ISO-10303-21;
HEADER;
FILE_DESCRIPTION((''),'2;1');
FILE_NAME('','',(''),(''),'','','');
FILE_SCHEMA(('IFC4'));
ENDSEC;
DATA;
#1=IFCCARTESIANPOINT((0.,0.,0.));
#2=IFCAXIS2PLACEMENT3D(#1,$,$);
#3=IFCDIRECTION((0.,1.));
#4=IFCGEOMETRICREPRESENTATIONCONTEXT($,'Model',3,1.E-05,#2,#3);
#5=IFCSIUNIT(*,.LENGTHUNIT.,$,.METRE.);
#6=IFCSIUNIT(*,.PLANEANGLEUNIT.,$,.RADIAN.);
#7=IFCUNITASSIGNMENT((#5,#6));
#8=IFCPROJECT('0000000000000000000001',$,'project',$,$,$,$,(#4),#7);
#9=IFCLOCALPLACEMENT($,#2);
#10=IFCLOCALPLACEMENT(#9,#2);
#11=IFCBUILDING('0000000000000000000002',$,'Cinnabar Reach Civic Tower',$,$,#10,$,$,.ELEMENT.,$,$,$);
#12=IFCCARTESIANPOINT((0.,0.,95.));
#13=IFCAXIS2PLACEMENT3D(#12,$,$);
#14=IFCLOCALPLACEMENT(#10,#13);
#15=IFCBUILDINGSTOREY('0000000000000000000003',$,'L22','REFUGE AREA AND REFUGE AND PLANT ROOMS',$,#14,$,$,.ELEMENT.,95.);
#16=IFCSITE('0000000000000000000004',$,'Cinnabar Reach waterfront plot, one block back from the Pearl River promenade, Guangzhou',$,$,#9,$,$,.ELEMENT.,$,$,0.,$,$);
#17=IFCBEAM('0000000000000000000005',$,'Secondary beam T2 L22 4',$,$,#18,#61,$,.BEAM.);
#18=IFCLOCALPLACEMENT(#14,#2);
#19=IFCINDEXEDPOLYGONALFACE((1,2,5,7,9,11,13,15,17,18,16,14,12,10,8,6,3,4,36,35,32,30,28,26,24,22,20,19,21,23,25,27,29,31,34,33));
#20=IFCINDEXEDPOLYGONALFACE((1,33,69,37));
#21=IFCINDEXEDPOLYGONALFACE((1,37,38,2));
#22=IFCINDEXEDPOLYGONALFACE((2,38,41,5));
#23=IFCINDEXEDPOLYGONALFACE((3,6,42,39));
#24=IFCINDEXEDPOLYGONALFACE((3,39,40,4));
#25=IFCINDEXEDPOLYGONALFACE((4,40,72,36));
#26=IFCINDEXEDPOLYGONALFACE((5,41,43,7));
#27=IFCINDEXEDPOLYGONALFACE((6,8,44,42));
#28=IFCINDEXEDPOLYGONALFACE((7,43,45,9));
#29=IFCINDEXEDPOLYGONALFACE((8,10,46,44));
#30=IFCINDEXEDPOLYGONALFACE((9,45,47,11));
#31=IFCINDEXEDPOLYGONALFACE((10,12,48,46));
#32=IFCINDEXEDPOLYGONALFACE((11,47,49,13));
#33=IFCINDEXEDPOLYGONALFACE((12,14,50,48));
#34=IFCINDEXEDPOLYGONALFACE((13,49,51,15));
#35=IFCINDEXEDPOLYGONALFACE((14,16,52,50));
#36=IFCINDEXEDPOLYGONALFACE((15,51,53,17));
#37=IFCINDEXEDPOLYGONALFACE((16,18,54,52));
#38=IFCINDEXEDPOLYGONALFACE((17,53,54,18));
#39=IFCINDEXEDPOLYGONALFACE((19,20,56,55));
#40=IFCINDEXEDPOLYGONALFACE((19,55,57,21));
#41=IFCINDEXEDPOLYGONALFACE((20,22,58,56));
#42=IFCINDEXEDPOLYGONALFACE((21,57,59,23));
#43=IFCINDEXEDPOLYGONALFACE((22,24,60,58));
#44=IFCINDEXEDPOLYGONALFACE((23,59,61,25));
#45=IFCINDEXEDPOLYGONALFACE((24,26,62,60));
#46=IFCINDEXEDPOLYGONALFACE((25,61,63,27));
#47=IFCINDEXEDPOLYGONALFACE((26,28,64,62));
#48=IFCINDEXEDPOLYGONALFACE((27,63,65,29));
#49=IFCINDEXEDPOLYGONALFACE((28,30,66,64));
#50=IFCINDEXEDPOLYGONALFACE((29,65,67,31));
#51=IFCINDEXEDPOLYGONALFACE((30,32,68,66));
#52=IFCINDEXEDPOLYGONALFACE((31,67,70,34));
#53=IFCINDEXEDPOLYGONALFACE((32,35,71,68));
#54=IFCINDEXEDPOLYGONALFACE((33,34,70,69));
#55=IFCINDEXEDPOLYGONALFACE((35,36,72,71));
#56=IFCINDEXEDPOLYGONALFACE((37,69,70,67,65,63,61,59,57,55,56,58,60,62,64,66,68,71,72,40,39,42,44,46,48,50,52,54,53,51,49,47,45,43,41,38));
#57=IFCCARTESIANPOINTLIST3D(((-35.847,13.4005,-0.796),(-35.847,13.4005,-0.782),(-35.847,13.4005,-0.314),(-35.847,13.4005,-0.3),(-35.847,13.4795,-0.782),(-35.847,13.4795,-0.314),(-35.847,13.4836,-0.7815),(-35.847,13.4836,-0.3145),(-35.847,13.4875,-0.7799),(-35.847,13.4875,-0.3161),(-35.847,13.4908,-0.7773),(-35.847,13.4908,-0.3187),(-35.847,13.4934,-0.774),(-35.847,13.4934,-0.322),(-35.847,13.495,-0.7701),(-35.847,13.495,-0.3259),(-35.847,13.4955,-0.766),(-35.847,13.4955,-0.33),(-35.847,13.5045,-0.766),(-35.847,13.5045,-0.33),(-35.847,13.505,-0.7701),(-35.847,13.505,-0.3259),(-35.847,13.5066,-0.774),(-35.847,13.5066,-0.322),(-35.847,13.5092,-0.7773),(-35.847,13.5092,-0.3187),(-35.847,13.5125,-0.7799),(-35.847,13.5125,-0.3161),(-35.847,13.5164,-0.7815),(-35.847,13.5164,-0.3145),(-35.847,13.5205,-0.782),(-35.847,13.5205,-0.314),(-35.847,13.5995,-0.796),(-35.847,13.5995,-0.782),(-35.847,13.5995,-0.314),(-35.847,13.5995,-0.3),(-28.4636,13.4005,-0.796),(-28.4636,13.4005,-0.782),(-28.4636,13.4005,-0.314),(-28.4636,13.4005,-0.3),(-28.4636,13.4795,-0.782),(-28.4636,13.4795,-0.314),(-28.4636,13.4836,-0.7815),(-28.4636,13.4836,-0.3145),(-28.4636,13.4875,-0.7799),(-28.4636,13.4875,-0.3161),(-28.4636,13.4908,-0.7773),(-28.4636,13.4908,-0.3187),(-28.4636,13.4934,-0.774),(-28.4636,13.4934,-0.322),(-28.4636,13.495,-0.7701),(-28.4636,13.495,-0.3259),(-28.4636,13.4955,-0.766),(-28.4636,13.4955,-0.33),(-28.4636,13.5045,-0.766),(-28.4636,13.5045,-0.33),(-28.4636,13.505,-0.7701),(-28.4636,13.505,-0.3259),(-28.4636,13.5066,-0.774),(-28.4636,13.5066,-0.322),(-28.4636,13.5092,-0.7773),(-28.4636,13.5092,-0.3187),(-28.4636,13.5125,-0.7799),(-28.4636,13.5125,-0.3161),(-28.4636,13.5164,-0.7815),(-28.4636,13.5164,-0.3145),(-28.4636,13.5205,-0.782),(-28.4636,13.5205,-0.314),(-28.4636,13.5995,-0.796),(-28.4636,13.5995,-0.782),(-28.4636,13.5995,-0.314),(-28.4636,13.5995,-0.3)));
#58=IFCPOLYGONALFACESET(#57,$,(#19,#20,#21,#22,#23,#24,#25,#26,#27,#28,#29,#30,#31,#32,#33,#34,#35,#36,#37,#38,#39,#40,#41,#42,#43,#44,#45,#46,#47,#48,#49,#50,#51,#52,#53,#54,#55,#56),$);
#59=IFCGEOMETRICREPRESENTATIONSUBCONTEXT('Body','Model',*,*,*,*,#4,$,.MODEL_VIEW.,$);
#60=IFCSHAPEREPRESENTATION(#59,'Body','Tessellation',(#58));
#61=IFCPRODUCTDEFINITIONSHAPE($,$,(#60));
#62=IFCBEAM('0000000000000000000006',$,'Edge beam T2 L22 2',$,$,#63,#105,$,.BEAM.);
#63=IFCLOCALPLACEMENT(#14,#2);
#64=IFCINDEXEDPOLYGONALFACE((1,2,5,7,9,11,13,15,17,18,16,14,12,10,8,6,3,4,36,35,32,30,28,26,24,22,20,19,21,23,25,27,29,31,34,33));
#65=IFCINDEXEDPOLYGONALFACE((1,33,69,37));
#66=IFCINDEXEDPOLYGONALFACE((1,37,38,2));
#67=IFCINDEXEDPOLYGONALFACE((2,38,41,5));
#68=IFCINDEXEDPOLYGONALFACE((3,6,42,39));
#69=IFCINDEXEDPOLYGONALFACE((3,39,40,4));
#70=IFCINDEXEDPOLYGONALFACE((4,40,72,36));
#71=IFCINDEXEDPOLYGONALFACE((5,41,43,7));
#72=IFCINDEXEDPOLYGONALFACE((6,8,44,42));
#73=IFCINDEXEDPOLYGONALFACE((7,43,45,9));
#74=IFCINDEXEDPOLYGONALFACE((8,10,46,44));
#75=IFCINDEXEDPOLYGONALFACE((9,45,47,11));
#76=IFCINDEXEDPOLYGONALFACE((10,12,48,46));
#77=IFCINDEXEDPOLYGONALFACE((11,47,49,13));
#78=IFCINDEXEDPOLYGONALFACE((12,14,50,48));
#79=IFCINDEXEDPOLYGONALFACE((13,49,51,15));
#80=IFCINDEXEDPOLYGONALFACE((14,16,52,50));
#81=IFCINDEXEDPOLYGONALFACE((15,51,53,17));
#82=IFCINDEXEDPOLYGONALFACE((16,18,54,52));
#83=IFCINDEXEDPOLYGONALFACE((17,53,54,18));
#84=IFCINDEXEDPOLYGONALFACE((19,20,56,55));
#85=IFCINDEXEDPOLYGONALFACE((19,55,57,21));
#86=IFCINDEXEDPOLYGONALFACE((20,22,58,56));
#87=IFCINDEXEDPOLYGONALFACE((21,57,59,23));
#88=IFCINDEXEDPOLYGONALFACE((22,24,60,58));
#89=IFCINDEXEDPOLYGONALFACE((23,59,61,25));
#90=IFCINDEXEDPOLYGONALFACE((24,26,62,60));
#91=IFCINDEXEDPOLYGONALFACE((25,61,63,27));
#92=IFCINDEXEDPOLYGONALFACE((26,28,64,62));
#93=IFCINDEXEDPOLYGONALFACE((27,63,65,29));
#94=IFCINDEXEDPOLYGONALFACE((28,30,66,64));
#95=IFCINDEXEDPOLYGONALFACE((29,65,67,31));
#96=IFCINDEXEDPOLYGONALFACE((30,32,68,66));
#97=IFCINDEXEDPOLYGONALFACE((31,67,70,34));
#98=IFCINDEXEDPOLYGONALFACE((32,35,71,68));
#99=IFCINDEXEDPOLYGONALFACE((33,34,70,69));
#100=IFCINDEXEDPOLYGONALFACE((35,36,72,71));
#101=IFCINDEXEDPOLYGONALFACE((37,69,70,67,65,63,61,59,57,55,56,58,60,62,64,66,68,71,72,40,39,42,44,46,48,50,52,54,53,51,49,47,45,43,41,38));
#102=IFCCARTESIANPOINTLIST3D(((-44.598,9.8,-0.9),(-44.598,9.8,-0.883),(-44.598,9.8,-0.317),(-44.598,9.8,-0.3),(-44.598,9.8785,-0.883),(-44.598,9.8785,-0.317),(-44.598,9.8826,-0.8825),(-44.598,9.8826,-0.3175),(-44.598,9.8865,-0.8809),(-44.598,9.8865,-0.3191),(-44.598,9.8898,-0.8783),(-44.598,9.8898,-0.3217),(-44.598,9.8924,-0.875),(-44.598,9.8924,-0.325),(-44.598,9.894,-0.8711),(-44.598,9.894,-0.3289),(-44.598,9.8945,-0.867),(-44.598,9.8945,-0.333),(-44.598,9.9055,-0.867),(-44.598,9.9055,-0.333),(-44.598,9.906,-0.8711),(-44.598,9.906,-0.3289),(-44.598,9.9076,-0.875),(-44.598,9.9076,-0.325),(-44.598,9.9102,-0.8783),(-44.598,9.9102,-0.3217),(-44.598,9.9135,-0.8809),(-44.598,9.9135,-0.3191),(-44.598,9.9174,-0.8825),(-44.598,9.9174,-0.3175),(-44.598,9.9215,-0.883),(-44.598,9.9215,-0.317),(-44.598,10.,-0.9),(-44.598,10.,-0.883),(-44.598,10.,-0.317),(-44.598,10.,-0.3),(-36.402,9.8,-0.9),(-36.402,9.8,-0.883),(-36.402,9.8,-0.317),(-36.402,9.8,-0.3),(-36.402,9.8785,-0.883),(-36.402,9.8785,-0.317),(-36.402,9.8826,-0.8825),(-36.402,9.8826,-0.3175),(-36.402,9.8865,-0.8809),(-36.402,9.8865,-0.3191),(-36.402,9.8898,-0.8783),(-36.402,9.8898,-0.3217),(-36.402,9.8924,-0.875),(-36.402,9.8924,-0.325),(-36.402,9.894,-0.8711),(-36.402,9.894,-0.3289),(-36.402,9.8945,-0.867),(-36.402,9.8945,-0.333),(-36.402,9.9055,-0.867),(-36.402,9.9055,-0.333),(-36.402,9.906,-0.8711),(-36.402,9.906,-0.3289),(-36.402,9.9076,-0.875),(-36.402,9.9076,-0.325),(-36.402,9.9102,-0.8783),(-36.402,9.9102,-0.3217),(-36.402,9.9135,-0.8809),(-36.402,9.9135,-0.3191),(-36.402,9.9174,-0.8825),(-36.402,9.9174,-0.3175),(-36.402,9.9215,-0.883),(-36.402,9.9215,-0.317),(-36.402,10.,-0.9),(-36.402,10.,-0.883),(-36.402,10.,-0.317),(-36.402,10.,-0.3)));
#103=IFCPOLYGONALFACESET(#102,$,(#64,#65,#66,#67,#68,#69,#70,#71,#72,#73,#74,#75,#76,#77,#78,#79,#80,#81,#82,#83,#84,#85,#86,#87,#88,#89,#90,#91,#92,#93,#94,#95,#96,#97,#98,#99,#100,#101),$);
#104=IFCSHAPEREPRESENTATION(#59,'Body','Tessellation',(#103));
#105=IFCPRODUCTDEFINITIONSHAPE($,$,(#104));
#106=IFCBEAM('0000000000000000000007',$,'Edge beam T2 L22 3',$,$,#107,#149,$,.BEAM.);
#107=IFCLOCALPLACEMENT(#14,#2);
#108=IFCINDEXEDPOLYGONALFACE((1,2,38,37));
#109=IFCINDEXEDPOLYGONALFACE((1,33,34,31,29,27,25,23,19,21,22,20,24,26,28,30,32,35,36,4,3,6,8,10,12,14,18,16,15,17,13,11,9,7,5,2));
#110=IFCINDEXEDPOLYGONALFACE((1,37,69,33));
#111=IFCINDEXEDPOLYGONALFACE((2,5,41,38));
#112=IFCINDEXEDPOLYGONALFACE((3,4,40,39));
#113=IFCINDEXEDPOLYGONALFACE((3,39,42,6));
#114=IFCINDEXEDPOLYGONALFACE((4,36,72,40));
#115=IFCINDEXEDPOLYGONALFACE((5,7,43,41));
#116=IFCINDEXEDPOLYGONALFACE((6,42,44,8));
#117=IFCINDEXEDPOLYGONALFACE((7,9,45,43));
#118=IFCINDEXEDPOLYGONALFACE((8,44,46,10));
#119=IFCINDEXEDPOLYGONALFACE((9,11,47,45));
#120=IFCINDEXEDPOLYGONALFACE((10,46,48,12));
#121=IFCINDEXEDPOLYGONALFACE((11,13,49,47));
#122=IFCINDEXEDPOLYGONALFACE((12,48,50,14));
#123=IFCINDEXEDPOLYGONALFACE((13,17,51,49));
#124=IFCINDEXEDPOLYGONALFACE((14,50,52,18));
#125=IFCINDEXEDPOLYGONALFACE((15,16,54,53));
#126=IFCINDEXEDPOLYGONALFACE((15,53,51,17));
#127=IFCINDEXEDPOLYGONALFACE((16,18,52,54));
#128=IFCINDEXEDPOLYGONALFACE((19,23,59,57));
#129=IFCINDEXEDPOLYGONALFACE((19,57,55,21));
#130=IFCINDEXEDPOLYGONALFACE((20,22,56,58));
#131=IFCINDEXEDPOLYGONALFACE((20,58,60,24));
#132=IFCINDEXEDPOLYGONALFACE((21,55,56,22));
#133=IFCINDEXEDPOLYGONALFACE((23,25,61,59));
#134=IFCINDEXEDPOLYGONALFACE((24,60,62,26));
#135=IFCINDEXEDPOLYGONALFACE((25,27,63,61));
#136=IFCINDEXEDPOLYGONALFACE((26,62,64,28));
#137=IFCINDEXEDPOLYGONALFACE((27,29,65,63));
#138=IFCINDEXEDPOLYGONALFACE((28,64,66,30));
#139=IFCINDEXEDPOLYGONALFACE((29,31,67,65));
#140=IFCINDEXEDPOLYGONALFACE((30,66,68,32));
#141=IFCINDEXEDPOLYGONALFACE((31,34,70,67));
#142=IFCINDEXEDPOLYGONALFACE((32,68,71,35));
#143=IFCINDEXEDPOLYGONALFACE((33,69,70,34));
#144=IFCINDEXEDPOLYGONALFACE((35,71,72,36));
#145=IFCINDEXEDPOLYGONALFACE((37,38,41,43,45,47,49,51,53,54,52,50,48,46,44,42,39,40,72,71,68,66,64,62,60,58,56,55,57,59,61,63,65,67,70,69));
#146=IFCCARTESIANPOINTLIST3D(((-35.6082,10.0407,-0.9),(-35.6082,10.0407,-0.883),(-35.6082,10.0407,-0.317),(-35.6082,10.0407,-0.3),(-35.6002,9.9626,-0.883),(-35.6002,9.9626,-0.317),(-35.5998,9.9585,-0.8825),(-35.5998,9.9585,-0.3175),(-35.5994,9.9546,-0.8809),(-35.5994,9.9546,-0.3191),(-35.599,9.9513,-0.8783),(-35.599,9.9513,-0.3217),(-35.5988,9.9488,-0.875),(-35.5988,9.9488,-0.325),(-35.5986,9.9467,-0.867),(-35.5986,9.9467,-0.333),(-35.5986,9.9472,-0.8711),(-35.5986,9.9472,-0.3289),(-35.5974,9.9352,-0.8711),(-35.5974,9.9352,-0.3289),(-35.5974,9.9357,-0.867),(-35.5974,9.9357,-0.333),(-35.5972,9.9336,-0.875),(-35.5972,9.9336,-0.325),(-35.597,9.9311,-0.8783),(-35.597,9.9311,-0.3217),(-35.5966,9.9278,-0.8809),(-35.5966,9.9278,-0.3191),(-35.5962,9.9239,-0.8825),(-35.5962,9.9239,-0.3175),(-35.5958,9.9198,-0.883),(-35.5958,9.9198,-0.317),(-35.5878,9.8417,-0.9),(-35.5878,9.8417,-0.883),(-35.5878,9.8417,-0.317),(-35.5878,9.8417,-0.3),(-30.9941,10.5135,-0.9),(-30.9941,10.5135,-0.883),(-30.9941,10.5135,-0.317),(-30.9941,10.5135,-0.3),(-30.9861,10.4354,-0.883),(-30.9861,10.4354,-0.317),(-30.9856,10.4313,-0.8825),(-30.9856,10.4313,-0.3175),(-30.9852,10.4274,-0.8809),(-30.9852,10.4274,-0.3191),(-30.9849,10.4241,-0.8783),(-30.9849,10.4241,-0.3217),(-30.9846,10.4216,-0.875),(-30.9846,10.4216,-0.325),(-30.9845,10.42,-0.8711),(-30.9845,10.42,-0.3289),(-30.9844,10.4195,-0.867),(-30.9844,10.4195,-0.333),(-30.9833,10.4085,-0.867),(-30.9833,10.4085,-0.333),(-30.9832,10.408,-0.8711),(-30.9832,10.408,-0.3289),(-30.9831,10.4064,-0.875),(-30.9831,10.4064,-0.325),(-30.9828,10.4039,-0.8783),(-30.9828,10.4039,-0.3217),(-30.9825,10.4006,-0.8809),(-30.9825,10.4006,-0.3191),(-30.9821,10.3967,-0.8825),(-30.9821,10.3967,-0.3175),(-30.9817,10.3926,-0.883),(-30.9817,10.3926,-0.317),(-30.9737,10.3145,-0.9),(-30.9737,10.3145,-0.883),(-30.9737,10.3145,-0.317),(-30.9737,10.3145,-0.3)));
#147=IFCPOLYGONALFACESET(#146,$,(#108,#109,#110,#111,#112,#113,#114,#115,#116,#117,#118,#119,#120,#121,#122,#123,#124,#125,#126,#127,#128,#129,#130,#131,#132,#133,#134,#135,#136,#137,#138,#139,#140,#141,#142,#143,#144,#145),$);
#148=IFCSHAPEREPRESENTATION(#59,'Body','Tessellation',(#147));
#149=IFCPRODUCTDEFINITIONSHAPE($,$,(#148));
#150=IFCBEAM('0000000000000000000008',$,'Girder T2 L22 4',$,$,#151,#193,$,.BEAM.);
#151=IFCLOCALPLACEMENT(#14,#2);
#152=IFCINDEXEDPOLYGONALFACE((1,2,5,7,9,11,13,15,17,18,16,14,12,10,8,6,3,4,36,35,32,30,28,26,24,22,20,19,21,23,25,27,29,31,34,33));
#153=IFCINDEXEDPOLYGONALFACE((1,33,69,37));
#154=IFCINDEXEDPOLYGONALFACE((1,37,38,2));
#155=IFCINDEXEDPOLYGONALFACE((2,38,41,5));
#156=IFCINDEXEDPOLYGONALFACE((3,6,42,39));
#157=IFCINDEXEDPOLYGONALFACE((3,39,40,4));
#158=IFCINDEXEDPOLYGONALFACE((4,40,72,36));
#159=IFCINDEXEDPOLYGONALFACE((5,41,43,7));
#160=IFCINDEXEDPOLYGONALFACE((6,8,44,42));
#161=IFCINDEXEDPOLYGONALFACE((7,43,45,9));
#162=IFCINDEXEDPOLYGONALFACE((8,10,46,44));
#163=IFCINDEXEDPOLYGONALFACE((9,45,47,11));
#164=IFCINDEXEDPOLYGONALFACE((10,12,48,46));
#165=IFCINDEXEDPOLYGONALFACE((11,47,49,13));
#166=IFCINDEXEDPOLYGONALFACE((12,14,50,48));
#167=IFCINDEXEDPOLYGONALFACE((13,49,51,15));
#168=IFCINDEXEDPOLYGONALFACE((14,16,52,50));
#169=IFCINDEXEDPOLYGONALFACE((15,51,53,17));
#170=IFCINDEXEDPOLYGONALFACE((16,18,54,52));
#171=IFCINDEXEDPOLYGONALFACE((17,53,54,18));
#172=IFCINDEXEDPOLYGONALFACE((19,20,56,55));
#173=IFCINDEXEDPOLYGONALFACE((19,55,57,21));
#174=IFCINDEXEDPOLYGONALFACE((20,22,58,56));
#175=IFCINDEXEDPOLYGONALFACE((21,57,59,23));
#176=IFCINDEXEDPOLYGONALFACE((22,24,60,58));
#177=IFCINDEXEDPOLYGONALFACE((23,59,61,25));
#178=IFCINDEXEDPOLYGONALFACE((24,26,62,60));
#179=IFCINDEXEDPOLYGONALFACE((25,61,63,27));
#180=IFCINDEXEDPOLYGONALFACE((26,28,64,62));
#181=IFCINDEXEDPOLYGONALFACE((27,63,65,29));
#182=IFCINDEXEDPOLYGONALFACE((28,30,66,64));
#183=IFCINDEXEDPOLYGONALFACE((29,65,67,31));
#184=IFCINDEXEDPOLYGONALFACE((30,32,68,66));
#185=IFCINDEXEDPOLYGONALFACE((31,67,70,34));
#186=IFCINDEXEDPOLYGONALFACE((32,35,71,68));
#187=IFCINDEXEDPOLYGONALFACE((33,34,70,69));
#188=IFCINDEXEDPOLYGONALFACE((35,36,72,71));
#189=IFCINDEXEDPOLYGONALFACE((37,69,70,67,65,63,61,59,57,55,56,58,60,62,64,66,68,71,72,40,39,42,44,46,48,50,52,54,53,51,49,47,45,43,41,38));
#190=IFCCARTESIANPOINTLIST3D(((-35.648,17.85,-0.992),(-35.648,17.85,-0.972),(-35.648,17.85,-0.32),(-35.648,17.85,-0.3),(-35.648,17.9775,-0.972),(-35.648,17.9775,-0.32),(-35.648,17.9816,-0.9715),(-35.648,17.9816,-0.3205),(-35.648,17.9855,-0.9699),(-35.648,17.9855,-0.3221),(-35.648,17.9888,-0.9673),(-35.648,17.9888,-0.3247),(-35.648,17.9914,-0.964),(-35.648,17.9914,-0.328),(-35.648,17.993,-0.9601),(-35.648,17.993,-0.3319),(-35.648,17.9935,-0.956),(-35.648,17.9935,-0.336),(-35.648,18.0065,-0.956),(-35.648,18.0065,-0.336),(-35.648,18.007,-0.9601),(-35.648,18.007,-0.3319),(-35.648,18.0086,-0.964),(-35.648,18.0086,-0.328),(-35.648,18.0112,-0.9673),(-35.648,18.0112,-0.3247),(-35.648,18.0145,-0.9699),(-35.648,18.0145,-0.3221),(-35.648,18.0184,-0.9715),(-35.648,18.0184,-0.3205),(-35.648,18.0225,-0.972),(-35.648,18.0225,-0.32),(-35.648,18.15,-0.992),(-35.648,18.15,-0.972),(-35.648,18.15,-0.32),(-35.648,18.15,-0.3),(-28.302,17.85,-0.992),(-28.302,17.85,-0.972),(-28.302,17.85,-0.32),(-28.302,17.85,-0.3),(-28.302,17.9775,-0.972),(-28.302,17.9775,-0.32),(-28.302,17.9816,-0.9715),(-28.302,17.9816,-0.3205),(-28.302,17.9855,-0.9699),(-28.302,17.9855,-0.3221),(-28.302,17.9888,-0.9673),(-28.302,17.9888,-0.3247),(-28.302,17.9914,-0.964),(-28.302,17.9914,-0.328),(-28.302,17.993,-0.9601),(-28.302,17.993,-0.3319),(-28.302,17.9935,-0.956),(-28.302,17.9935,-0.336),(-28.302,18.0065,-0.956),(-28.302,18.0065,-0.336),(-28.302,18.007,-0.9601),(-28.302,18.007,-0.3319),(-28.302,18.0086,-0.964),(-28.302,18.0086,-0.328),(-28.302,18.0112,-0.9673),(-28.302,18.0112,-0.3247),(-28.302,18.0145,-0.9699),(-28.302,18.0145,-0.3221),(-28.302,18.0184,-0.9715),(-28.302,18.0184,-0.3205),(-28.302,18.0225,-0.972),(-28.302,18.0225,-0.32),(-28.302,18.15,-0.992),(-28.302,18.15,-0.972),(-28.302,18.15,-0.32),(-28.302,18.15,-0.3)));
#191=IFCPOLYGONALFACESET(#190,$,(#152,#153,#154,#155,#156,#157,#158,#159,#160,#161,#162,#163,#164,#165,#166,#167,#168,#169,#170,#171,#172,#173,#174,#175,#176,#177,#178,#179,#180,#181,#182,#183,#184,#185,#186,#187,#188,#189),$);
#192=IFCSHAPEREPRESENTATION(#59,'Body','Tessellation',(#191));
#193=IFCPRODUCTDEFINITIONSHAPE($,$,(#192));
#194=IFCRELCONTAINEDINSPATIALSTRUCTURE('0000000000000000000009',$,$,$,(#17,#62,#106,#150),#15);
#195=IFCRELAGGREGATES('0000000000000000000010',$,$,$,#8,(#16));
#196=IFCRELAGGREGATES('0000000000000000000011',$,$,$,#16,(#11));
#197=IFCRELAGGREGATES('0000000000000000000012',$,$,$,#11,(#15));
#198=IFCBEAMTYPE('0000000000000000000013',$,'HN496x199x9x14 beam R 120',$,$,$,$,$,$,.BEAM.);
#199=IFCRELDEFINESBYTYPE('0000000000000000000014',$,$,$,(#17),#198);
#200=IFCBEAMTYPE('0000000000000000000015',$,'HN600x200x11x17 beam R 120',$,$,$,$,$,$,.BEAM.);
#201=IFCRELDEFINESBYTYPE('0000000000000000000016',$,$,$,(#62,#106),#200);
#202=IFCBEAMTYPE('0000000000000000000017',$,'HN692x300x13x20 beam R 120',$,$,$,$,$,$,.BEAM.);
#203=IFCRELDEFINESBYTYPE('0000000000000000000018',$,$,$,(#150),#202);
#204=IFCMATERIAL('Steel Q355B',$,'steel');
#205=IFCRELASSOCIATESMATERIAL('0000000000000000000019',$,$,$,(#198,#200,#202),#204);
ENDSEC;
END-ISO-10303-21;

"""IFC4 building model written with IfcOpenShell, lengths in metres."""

from ifc_helpers import new_model, si_unit, direction, frame, origin, origin_2d, place, context, subcontext, project, spatial, i_section, extrude, material, material_profile, profile_set, type_object, element, save


model = new_model("IFC4")

# Units and contexts
model_context = context("Model", 3, precision=1e-05, world=origin(), true_north=direction((0.0, 1.0)))
body_context = subcontext(model_context, "Body", "Model", "MODEL_VIEW")
ifc_project = project(units=[si_unit("LENGTHUNIT", "METRE"), si_unit("PLANEANGLEUNIT", "RADIAN")], contexts=[model_context])

# Site, building, storey
site_placement = place(None, origin())
site = spatial("IfcSite", under=ifc_project, at=site_placement, Name="Cinnabar Reach waterfront plot, one block back from the Pearl River promenade, Guangzhou", CompositionType="ELEMENT", RefElevation=0.0)
building_placement = place(site_placement, origin())
building = spatial("IfcBuilding", under=site, at=building_placement, Name="Cinnabar Reach Civic Tower", CompositionType="ELEMENT")
storey_placement = place(building_placement, frame((0.0, 0.0, 95.0)))
storey = spatial("IfcBuildingStorey", under=building, at=storey_placement, Name="L22", Description="REFUGE AREA AND REFUGE AND PLANT ROOMS", CompositionType="ELEMENT", Elevation=95.0)

# Beams
ifc_material_1 = material(Name="Steel Q355B", Category="steel")
ifc_material_profile_1 = material_profile(ifc_material_1, i_section(OverallWidth=0.199, OverallDepth=0.496, WebThickness=0.009, FlangeThickness=0.014, FilletRadius=0.016, at=origin_2d()), Name="HN496x199x9x14")
ifc_profile_set_1 = profile_set([ifc_material_profile_1], Name="Steel Q355B")
beam_type_1 = type_object("IfcBeamType", Name="HN496x199x9x14 beam R 120", PredefinedType="BEAM", material=ifc_profile_set_1)
beam_1_placement = place(storey_placement, frame((-35.847, 13.5, -0.548), z_axis=(1.0, 0.0, 0.0), x_axis=(0.0, 1.0, 0.0)))
element("IfcBeam", 1, at=beam_1_placement, inside=storey, type_object=beam_type_1, Name="Secondary beam T2 L22 4", PredefinedType="BEAM", context=body_context, shape_type="SweptSolid", body=[
    extrude(i_section(OverallWidth=0.199, OverallDepth=0.496, WebThickness=0.009, FlangeThickness=0.014, FilletRadius=0.016, at=origin_2d()), origin(), (0.0, 0.0, 1.0), 7.3834),
])
ifc_material_profile_2 = material_profile(ifc_material_1, i_section(OverallWidth=0.2, OverallDepth=0.6, WebThickness=0.011, FlangeThickness=0.017, FilletRadius=0.016, at=origin_2d()), Name="HN600x200x11x17")
ifc_profile_set_2 = profile_set([ifc_material_profile_2], Name="Steel Q355B")
beam_type_2 = type_object("IfcBeamType", Name="HN600x200x11x17 beam R 120", PredefinedType="BEAM", material=ifc_profile_set_2)
beam_2_placement = place(storey_placement, frame((-44.598, 9.9, -0.6), z_axis=(1.0, 0.0, 0.0), x_axis=(0.0, 1.0, 0.0)))
element("IfcBeam", 2, at=beam_2_placement, inside=storey, type_object=beam_type_2, Name="Edge beam T2 L22 2", PredefinedType="BEAM", context=body_context, shape_type="SweptSolid", body=[
    extrude(i_section(OverallWidth=0.2, OverallDepth=0.6, WebThickness=0.011, FlangeThickness=0.017, FilletRadius=0.016, at=origin_2d()), origin(), (0.0, 0.0, 1.0), 8.196),
])
beam_3_placement = place(storey_placement, frame((-35.598, 9.9412, -0.6), z_axis=(0.994791, 0.101935, 0.0), x_axis=(-0.101935, 0.994791, 0.0)))
element("IfcBeam", 3, at=beam_3_placement, inside=storey, type_object=beam_type_2, Name="Edge beam T2 L22 3", PredefinedType="BEAM", context=body_context, shape_type="SweptSolid", body=[
    extrude(i_section(OverallWidth=0.2, OverallDepth=0.6, WebThickness=0.011, FlangeThickness=0.017, FilletRadius=0.016, at=origin_2d()), origin(), (0.0, 0.0, 1.0), 4.6383),
])
ifc_material_profile_3 = material_profile(ifc_material_1, i_section(OverallWidth=0.3, OverallDepth=0.692, WebThickness=0.013, FlangeThickness=0.02, FilletRadius=0.016, at=origin_2d()), Name="HN692x300x13x20")
ifc_profile_set_3 = profile_set([ifc_material_profile_3], Name="Steel Q355B")
beam_type_3 = type_object("IfcBeamType", Name="HN692x300x13x20 beam R 120", PredefinedType="BEAM", material=ifc_profile_set_3)
beam_4_placement = place(storey_placement, frame((-35.648, 18.0, -0.646), z_axis=(1.0, 0.0, 0.0), x_axis=(0.0, 1.0, 0.0)))
element("IfcBeam", 4, at=beam_4_placement, inside=storey, type_object=beam_type_3, Name="Girder T2 L22 4", PredefinedType="BEAM", context=body_context, shape_type="SweptSolid", body=[
    extrude(i_section(OverallWidth=0.3, OverallDepth=0.692, WebThickness=0.013, FlangeThickness=0.02, FilletRadius=0.016, at=origin_2d()), origin(), (0.0, 0.0, 1.0), 7.346),
])

save(model, "model.ifc")
